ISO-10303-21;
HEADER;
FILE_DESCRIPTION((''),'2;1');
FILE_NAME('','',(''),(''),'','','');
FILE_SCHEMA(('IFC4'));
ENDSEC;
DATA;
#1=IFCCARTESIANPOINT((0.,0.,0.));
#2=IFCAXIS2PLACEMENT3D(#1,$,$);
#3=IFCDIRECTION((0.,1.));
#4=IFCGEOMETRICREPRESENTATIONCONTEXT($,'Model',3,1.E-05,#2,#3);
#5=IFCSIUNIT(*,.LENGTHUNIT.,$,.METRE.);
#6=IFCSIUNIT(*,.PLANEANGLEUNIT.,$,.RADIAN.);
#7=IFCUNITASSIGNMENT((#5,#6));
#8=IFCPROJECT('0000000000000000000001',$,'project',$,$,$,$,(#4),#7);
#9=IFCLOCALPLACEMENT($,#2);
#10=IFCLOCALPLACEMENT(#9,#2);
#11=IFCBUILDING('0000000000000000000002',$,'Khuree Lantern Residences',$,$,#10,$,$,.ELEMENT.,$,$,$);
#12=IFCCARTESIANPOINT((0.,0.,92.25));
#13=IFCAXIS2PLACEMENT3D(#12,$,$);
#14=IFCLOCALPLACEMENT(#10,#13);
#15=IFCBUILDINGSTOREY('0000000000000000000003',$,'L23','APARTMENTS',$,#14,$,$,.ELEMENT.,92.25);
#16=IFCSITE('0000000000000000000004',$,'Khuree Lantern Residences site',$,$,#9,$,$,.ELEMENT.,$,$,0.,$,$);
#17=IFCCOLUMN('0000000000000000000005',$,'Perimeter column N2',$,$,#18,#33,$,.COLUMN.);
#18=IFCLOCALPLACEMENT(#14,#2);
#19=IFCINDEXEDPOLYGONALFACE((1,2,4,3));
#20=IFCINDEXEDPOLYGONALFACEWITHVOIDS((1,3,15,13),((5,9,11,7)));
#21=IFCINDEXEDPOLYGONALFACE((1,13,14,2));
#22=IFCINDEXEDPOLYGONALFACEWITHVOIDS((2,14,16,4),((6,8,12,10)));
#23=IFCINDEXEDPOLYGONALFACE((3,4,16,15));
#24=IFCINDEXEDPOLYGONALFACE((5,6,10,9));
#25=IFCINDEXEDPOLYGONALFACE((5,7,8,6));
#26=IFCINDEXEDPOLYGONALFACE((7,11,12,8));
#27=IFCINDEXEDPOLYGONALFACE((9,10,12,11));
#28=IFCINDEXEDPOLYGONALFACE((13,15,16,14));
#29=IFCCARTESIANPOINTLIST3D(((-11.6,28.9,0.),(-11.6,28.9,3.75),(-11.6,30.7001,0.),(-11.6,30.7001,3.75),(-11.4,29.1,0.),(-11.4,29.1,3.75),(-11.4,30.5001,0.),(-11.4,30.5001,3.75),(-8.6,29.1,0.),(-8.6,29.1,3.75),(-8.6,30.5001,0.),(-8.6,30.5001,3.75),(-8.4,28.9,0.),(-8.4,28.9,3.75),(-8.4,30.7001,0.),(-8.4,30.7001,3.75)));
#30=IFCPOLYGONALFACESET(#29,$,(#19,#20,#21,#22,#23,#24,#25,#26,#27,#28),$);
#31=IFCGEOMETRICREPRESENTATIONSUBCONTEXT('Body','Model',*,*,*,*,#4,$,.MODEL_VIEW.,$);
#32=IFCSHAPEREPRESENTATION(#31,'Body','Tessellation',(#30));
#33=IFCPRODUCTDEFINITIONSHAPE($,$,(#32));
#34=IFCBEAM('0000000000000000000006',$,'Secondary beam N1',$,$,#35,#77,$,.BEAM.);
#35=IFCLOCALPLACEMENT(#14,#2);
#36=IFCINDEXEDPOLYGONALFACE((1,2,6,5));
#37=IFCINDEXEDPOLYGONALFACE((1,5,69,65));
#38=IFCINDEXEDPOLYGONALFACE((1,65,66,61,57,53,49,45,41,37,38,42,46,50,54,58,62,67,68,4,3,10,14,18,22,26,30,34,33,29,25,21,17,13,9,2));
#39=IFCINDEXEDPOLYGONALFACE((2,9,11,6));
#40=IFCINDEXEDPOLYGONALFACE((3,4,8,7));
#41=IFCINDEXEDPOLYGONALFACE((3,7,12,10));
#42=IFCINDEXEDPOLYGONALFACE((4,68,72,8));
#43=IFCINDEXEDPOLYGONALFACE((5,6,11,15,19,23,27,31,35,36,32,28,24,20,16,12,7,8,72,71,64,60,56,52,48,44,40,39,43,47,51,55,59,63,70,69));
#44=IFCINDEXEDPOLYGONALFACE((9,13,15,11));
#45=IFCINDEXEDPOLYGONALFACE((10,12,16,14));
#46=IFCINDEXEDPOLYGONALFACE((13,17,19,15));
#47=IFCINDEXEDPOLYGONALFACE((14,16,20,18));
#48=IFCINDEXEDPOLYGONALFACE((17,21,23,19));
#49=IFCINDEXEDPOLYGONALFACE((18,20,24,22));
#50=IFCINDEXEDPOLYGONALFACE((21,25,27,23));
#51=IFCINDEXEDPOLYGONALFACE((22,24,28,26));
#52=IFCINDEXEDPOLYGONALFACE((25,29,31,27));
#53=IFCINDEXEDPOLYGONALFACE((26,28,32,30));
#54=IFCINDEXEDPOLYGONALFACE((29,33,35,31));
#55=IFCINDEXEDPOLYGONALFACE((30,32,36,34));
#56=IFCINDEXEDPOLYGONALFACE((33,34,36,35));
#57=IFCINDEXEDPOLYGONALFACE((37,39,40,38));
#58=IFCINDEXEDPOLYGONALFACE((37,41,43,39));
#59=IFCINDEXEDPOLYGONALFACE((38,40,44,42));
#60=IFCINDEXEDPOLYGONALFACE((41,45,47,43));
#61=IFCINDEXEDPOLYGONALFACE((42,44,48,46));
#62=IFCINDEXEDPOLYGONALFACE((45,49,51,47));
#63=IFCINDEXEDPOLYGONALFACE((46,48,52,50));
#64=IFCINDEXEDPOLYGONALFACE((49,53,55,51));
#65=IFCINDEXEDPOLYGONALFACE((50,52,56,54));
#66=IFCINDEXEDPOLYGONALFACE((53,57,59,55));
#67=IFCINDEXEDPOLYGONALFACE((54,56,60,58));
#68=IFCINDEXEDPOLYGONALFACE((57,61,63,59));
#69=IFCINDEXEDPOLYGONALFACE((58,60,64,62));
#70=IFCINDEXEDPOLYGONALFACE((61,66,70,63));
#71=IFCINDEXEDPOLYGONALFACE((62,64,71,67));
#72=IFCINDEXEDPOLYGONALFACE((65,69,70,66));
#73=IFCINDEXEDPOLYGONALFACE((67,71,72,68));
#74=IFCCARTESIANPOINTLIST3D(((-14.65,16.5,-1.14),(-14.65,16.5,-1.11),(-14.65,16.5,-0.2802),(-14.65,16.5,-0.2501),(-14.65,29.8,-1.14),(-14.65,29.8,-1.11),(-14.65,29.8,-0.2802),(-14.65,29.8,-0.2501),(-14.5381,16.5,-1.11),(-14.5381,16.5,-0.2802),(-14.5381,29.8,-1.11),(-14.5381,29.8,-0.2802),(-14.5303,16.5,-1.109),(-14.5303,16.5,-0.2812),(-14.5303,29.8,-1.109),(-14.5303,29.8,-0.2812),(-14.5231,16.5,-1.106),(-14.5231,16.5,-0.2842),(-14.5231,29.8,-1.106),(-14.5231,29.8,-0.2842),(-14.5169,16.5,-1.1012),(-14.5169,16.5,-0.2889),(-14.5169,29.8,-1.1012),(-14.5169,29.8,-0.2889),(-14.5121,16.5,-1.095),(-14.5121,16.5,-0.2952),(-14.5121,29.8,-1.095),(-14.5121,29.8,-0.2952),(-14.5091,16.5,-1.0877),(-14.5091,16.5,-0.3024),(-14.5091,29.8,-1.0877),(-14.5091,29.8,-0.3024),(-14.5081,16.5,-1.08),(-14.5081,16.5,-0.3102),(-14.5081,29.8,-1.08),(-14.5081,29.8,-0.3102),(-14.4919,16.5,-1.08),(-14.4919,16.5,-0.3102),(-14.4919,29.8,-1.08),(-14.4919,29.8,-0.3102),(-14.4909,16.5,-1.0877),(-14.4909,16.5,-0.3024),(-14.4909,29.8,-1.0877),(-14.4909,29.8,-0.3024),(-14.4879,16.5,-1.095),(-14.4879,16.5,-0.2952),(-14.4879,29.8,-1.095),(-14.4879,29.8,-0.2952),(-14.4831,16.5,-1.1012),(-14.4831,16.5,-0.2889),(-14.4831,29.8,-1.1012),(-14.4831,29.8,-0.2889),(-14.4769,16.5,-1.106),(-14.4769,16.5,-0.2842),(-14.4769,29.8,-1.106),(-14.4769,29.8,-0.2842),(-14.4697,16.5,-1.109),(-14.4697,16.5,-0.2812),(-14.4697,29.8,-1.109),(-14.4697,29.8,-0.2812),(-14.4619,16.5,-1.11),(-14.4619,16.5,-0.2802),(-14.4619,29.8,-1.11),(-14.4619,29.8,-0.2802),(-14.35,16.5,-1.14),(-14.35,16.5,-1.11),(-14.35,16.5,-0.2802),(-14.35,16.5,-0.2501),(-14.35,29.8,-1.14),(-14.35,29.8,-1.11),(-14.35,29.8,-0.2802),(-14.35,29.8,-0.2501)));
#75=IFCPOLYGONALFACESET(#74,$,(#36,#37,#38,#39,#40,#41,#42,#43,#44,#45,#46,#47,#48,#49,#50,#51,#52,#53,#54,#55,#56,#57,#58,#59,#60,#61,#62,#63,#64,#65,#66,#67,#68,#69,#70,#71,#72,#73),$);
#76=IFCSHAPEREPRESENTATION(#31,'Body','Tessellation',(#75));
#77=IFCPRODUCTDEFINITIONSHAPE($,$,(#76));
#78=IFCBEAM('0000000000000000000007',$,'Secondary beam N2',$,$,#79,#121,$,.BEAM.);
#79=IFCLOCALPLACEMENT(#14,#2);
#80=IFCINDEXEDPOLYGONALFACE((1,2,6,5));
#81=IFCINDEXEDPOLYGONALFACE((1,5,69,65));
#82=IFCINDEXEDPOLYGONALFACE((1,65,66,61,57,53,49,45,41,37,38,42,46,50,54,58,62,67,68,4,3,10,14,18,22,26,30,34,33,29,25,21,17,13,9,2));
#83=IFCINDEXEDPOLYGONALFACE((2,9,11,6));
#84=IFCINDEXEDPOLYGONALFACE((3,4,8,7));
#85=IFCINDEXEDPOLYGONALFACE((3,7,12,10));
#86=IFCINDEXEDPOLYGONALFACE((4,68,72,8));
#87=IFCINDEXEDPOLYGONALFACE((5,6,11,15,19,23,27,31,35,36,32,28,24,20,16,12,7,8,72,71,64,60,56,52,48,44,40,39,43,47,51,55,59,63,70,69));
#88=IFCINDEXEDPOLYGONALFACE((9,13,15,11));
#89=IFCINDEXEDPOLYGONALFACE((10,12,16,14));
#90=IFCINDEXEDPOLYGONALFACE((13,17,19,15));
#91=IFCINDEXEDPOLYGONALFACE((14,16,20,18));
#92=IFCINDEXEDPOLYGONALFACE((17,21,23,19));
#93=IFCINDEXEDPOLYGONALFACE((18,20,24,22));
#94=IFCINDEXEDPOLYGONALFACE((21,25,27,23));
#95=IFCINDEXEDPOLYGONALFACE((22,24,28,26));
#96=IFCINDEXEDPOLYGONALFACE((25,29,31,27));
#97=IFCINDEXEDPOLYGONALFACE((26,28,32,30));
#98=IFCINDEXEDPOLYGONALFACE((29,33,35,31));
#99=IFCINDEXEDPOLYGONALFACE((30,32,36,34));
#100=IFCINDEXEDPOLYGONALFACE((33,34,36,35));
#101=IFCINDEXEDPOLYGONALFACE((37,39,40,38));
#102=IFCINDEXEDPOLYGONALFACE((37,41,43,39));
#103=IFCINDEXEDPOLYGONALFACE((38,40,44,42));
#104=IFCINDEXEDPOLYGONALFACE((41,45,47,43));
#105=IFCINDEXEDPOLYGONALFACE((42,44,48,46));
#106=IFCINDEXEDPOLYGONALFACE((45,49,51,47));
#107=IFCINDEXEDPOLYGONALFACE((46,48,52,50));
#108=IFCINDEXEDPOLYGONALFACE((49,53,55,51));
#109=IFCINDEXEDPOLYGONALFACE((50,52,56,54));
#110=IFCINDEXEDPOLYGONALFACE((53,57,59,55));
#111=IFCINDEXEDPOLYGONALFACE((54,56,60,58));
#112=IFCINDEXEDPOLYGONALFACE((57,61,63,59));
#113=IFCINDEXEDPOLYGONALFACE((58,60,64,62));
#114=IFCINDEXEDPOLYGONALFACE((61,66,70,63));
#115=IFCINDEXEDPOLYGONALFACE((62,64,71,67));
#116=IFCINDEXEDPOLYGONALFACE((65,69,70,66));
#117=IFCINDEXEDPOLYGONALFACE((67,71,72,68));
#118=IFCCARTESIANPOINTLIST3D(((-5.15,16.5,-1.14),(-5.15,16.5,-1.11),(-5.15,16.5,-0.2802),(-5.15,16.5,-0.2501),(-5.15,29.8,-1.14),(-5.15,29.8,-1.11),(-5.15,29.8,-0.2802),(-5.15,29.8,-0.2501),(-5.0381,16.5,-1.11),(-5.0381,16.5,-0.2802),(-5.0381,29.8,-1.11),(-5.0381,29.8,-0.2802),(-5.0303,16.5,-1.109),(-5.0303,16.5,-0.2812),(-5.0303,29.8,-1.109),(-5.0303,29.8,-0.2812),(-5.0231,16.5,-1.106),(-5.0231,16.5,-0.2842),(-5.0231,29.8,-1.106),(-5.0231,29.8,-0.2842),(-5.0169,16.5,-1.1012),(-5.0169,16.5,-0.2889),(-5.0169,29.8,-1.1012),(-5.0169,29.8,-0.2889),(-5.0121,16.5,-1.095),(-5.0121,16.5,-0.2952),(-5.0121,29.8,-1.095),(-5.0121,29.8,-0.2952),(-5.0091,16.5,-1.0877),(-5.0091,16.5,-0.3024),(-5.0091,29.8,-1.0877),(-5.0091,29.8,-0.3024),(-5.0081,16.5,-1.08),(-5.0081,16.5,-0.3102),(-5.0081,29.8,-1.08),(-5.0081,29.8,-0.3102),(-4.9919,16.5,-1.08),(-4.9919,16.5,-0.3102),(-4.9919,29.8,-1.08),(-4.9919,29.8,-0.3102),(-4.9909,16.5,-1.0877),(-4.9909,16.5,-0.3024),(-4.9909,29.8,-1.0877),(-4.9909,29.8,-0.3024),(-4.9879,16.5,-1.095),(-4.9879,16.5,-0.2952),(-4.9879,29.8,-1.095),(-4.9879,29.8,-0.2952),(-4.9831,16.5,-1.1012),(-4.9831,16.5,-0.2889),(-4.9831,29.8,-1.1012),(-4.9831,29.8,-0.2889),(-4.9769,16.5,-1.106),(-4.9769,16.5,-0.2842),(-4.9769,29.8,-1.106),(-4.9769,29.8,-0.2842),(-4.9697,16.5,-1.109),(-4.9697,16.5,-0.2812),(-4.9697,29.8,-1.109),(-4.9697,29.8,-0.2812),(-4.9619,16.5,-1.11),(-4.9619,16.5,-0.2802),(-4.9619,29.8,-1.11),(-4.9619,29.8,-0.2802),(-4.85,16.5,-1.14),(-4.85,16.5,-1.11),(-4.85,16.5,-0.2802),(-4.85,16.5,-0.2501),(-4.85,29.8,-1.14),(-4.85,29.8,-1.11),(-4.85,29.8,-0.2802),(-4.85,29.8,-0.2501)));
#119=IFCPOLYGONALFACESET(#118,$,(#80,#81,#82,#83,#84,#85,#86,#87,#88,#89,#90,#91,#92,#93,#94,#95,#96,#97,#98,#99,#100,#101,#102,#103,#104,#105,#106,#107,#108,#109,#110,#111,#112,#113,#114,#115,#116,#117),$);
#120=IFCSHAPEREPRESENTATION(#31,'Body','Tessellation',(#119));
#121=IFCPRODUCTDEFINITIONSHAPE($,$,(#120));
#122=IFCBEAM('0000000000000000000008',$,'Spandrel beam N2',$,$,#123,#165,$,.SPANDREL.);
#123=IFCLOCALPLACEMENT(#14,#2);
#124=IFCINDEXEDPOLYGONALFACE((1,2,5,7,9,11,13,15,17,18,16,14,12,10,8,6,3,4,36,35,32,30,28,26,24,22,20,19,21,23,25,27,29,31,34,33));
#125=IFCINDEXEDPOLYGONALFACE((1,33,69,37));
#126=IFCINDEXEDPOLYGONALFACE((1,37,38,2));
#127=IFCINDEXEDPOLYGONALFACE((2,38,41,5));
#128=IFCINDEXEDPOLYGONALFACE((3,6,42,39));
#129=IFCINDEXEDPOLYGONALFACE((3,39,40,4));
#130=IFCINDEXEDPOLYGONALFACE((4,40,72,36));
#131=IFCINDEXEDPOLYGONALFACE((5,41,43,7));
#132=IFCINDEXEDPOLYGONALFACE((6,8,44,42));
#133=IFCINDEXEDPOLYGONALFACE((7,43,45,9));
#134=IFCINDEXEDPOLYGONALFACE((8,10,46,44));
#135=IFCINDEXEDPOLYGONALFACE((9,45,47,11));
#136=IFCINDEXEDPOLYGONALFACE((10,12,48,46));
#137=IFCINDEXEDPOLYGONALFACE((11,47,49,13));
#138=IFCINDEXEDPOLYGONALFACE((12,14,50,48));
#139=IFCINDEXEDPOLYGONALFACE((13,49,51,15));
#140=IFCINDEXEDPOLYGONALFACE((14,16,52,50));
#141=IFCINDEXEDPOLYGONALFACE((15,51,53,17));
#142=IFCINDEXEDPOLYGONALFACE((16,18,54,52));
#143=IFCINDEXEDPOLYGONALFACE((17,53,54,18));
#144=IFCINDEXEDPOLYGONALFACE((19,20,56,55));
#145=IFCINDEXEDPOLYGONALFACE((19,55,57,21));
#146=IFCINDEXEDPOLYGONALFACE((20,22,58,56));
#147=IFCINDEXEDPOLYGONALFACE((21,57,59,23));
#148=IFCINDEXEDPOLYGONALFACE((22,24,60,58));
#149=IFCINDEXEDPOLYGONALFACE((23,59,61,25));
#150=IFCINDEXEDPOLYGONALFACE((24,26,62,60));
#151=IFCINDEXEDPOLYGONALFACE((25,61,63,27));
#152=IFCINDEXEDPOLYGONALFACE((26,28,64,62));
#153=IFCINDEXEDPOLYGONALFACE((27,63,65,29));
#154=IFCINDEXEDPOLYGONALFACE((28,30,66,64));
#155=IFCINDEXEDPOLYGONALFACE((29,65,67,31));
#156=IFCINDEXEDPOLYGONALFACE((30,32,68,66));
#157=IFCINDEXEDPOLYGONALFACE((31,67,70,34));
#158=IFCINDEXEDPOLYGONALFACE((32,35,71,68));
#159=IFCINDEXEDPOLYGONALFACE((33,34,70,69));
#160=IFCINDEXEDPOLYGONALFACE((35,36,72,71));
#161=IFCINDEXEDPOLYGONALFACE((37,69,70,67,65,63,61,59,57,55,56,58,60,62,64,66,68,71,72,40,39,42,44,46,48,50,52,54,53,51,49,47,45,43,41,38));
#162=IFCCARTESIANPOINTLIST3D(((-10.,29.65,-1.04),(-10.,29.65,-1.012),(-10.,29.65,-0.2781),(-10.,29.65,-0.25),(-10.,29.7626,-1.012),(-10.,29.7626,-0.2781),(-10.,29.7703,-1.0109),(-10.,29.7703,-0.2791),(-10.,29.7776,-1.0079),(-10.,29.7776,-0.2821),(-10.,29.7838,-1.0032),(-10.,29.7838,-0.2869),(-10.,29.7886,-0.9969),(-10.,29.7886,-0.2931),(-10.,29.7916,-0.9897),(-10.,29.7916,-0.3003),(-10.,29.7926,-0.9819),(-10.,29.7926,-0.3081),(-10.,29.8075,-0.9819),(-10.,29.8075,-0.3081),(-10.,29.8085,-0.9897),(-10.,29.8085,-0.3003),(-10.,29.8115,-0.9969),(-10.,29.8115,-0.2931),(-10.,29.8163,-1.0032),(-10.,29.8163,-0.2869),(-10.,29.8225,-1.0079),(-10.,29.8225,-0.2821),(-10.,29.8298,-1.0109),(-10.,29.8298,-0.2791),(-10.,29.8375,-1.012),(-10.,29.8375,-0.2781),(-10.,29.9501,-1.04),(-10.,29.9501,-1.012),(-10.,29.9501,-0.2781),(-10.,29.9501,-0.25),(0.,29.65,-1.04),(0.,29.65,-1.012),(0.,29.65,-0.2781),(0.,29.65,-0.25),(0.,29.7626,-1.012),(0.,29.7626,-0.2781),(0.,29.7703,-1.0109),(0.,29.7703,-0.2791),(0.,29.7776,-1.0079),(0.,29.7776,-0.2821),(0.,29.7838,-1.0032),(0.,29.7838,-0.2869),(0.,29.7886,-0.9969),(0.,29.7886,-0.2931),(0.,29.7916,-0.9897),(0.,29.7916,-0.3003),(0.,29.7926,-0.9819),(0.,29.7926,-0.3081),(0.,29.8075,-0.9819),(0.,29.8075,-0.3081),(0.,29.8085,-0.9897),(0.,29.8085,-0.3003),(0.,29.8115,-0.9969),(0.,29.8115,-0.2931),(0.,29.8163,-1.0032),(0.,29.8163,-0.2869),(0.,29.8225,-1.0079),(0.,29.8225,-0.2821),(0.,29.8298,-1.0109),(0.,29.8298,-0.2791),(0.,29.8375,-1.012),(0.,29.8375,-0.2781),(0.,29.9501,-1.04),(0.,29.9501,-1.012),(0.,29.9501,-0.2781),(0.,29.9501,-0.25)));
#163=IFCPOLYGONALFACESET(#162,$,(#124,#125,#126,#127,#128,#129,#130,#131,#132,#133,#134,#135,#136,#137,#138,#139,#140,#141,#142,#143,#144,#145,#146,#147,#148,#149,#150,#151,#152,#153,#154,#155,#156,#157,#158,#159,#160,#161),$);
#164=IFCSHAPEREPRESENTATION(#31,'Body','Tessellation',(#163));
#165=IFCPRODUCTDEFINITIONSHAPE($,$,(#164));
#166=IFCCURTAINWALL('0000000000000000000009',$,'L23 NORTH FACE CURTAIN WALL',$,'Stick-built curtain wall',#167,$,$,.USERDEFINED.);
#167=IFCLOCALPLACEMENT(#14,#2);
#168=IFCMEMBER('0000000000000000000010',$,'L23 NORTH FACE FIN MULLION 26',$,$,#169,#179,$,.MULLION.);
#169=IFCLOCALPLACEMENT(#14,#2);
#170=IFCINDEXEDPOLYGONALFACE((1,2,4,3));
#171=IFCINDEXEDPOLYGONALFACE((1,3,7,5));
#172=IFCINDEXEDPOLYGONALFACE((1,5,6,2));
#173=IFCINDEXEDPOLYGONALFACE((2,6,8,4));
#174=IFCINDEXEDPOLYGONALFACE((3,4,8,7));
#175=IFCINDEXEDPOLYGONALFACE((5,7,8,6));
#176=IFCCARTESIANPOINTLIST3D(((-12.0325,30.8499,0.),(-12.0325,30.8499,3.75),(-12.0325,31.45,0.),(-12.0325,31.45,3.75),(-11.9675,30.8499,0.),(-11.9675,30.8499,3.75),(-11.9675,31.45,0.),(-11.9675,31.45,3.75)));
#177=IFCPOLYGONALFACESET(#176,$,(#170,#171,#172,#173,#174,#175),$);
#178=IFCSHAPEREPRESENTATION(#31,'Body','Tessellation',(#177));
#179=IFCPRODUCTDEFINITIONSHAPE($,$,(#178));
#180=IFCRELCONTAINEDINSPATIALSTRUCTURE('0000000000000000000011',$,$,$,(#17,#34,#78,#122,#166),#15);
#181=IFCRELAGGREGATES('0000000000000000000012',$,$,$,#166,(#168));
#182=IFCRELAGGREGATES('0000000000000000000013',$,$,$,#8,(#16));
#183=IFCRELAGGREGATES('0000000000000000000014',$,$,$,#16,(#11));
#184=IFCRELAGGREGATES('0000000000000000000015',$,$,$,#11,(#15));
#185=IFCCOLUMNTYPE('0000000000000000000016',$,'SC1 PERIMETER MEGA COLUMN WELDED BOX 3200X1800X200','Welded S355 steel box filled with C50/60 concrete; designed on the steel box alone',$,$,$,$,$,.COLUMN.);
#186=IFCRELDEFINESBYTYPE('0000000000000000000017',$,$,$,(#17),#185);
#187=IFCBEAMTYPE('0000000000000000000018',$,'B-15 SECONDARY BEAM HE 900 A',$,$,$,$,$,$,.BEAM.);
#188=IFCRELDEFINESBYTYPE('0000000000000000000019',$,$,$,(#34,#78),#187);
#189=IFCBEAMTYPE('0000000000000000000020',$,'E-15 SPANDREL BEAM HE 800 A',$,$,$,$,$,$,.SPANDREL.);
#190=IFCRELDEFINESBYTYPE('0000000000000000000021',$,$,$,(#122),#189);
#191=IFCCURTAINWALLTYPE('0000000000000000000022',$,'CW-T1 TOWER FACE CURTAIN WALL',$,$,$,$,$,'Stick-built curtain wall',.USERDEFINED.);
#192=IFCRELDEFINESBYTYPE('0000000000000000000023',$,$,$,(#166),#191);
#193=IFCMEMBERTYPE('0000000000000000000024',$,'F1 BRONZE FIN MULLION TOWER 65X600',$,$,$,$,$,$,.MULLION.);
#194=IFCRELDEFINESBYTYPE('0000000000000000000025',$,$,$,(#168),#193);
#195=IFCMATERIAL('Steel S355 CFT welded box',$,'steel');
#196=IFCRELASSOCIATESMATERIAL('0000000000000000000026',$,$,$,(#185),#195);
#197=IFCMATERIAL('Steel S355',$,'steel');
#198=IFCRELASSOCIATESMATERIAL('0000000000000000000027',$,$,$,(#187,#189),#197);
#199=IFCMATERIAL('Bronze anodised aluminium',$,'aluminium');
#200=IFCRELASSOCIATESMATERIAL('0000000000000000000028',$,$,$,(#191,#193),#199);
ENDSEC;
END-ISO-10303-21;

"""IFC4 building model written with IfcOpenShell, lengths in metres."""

from ifc_helpers import new_model, si_unit, direction, frame, origin, origin_2d, place, context, subcontext, project, spatial, rectangle, hollow_rectangle, i_section, extrude, material, material_profile, profile_set, type_object, element, aggregate, save


model = new_model("IFC4")

# Units and contexts
model_context = context("Model", 3, precision=1e-05, world=origin(), true_north=direction((0.0, 1.0)))
body_context = subcontext(model_context, "Body", "Model", "MODEL_VIEW")
ifc_project = project(units=[si_unit("LENGTHUNIT", "METRE"), si_unit("PLANEANGLEUNIT", "RADIAN")], contexts=[model_context])

# Site, building, storey
site_placement = place(None, origin())
site = spatial("IfcSite", under=ifc_project, at=site_placement, Name="Khuree Lantern Residences site", CompositionType="ELEMENT", RefElevation=0.0)
building_placement = place(site_placement, origin())
building = spatial("IfcBuilding", under=site, at=building_placement, Name="Khuree Lantern Residences", CompositionType="ELEMENT")
storey_placement = place(building_placement, frame((0.0, 0.0, 92.25)))
storey = spatial("IfcBuildingStorey", under=building, at=storey_placement, Name="L23", Description="APARTMENTS", CompositionType="ELEMENT", Elevation=92.25)

# Column
ifc_material_1 = material(Name="Steel S355 CFT welded box", Category="steel")
ifc_material_profile_1 = material_profile(ifc_material_1, hollow_rectangle(XDim=3.2, YDim=1.8, WallThickness=0.2, at=origin_2d()), Name="WELDED BOX 3200X1800X200")
ifc_profile_set_1 = profile_set([ifc_material_profile_1], Name="Steel S355 CFT welded box")
column_type = type_object("IfcColumnType", Name="SC1 PERIMETER MEGA COLUMN WELDED BOX 3200X1800X200", Description="Welded S355 steel box filled with C50/60 concrete; designed on the steel box alone", PredefinedType="COLUMN", material=ifc_profile_set_1)
column_placement = place(storey_placement, frame((-10.0, 29.8, 0.0), z_axis=(0.0, 0.0, 1.0), x_axis=(1.0, 0.0, 0.0)))
element("IfcColumn", 1, at=column_placement, inside=storey, type_object=column_type, Name="Perimeter column N2", PredefinedType="COLUMN", context=body_context, shape_type="SweptSolid", body=[
    extrude(hollow_rectangle(XDim=3.2, YDim=1.8, WallThickness=0.2, at=origin_2d()), origin(), (0.0, 0.0, 1.0), 3.75),
])

# Beams
ifc_material_2 = material(Name="Steel S355", Category="steel")
ifc_material_profile_2 = material_profile(ifc_material_2, i_section(OverallWidth=0.3, OverallDepth=0.8899, WebThickness=0.0161, FlangeThickness=0.03, FilletRadius=0.03, at=origin_2d()), Name="HE 900 A")
ifc_profile_set_2 = profile_set([ifc_material_profile_2], Name="Steel S355")
beam_type_1 = type_object("IfcBeamType", Name="B-15 SECONDARY BEAM HE 900 A", PredefinedType="BEAM", material=ifc_profile_set_2)
for number, where, z_axis, x_axis, name in (
    (2, (-14.5, 29.8, -0.6951), (0.0, -1.0, 0.0), (1.0, 0.0, 0.0), "Secondary beam N1"),
    (3, (-5.0, 29.8, -0.6951), (0.0, -1.0, 0.0), (1.0, 0.0, 0.0), "Secondary beam N2"),
):
    element("IfcBeam", number, at=place(storey_placement, frame(where, z_axis=z_axis, x_axis=x_axis)), inside=storey, type_object=beam_type_1, Name=name, PredefinedType="BEAM", context=body_context, shape_type="SweptSolid", body=[
        extrude(i_section(OverallWidth=0.3, OverallDepth=0.8899, WebThickness=0.0161, FlangeThickness=0.03, FilletRadius=0.03, at=origin_2d()), origin(), (0.0, 0.0, 1.0), 13.3),
    ])
ifc_material_profile_3 = material_profile(ifc_material_2, i_section(OverallWidth=0.3, OverallDepth=0.79, WebThickness=0.0149, FlangeThickness=0.0281, FilletRadius=0.03, at=origin_2d()), Name="HE 800 A")
ifc_profile_set_3 = profile_set([ifc_material_profile_3], Name="Steel S355")
beam_type_2 = type_object("IfcBeamType", Name="E-15 SPANDREL BEAM HE 800 A", PredefinedType="SPANDREL", material=ifc_profile_set_3)
beam_1_placement = place(storey_placement, frame((-10.0, 29.8, -0.645), z_axis=(1.0, 0.0, 0.0), x_axis=(0.0, 1.0, 0.0)))
element("IfcBeam", 4, at=beam_1_placement, inside=storey, type_object=beam_type_2, Name="Spandrel beam N2", PredefinedType="SPANDREL", context=body_context, shape_type="SweptSolid", body=[
    extrude(i_section(OverallWidth=0.3, OverallDepth=0.79, WebThickness=0.0149, FlangeThickness=0.0281, FilletRadius=0.03, at=origin_2d()), origin(), (0.0, 0.0, 1.0), 10.0),
])

# Curtain wall, member
ifc_material_3 = material(Name="Bronze anodised aluminium", Category="aluminium")
curtain_wall_type = type_object("IfcCurtainWallType", Name="CW-T1 TOWER FACE CURTAIN WALL", ElementType="Stick-built curtain wall", PredefinedType="USERDEFINED", material=ifc_material_3)
curtain_wall_placement = place(storey_placement, origin())
curtain_wall = element("IfcCurtainWall", 5, at=curtain_wall_placement, inside=storey, type_object=curtain_wall_type, Name="L23 NORTH FACE CURTAIN WALL", ObjectType="Stick-built curtain wall", PredefinedType="USERDEFINED")
ifc_material_profile_4 = material_profile(ifc_material_3, rectangle(XDim=0.0649, YDim=0.6001, at=origin_2d()), Name="F1 65X600")
ifc_profile_set_4 = profile_set([ifc_material_profile_4], Name="Bronze anodised aluminium")
member_type_1 = type_object("IfcMemberType", Name="F1 BRONZE FIN MULLION TOWER 65X600", PredefinedType="MULLION", material=ifc_profile_set_4)
member_1_placement = place(storey_placement, frame((-12.0, 31.1499, 0.0), z_axis=(0.0, 0.0, 1.0), x_axis=(-1.0, 0.0, 0.0)))
member_1 = element("IfcMember", 6, at=member_1_placement, type_object=member_type_1, Name="L23 NORTH FACE FIN MULLION 26", PredefinedType="MULLION", context=body_context, shape_type="SweptSolid", body=[
    extrude(rectangle(XDim=0.0649, YDim=0.6001, at=origin_2d()), origin(), (0.0, 0.0, 1.0), 3.75),
])

aggregate(curtain_wall, [member_1])

save(model, "model.ifc")
